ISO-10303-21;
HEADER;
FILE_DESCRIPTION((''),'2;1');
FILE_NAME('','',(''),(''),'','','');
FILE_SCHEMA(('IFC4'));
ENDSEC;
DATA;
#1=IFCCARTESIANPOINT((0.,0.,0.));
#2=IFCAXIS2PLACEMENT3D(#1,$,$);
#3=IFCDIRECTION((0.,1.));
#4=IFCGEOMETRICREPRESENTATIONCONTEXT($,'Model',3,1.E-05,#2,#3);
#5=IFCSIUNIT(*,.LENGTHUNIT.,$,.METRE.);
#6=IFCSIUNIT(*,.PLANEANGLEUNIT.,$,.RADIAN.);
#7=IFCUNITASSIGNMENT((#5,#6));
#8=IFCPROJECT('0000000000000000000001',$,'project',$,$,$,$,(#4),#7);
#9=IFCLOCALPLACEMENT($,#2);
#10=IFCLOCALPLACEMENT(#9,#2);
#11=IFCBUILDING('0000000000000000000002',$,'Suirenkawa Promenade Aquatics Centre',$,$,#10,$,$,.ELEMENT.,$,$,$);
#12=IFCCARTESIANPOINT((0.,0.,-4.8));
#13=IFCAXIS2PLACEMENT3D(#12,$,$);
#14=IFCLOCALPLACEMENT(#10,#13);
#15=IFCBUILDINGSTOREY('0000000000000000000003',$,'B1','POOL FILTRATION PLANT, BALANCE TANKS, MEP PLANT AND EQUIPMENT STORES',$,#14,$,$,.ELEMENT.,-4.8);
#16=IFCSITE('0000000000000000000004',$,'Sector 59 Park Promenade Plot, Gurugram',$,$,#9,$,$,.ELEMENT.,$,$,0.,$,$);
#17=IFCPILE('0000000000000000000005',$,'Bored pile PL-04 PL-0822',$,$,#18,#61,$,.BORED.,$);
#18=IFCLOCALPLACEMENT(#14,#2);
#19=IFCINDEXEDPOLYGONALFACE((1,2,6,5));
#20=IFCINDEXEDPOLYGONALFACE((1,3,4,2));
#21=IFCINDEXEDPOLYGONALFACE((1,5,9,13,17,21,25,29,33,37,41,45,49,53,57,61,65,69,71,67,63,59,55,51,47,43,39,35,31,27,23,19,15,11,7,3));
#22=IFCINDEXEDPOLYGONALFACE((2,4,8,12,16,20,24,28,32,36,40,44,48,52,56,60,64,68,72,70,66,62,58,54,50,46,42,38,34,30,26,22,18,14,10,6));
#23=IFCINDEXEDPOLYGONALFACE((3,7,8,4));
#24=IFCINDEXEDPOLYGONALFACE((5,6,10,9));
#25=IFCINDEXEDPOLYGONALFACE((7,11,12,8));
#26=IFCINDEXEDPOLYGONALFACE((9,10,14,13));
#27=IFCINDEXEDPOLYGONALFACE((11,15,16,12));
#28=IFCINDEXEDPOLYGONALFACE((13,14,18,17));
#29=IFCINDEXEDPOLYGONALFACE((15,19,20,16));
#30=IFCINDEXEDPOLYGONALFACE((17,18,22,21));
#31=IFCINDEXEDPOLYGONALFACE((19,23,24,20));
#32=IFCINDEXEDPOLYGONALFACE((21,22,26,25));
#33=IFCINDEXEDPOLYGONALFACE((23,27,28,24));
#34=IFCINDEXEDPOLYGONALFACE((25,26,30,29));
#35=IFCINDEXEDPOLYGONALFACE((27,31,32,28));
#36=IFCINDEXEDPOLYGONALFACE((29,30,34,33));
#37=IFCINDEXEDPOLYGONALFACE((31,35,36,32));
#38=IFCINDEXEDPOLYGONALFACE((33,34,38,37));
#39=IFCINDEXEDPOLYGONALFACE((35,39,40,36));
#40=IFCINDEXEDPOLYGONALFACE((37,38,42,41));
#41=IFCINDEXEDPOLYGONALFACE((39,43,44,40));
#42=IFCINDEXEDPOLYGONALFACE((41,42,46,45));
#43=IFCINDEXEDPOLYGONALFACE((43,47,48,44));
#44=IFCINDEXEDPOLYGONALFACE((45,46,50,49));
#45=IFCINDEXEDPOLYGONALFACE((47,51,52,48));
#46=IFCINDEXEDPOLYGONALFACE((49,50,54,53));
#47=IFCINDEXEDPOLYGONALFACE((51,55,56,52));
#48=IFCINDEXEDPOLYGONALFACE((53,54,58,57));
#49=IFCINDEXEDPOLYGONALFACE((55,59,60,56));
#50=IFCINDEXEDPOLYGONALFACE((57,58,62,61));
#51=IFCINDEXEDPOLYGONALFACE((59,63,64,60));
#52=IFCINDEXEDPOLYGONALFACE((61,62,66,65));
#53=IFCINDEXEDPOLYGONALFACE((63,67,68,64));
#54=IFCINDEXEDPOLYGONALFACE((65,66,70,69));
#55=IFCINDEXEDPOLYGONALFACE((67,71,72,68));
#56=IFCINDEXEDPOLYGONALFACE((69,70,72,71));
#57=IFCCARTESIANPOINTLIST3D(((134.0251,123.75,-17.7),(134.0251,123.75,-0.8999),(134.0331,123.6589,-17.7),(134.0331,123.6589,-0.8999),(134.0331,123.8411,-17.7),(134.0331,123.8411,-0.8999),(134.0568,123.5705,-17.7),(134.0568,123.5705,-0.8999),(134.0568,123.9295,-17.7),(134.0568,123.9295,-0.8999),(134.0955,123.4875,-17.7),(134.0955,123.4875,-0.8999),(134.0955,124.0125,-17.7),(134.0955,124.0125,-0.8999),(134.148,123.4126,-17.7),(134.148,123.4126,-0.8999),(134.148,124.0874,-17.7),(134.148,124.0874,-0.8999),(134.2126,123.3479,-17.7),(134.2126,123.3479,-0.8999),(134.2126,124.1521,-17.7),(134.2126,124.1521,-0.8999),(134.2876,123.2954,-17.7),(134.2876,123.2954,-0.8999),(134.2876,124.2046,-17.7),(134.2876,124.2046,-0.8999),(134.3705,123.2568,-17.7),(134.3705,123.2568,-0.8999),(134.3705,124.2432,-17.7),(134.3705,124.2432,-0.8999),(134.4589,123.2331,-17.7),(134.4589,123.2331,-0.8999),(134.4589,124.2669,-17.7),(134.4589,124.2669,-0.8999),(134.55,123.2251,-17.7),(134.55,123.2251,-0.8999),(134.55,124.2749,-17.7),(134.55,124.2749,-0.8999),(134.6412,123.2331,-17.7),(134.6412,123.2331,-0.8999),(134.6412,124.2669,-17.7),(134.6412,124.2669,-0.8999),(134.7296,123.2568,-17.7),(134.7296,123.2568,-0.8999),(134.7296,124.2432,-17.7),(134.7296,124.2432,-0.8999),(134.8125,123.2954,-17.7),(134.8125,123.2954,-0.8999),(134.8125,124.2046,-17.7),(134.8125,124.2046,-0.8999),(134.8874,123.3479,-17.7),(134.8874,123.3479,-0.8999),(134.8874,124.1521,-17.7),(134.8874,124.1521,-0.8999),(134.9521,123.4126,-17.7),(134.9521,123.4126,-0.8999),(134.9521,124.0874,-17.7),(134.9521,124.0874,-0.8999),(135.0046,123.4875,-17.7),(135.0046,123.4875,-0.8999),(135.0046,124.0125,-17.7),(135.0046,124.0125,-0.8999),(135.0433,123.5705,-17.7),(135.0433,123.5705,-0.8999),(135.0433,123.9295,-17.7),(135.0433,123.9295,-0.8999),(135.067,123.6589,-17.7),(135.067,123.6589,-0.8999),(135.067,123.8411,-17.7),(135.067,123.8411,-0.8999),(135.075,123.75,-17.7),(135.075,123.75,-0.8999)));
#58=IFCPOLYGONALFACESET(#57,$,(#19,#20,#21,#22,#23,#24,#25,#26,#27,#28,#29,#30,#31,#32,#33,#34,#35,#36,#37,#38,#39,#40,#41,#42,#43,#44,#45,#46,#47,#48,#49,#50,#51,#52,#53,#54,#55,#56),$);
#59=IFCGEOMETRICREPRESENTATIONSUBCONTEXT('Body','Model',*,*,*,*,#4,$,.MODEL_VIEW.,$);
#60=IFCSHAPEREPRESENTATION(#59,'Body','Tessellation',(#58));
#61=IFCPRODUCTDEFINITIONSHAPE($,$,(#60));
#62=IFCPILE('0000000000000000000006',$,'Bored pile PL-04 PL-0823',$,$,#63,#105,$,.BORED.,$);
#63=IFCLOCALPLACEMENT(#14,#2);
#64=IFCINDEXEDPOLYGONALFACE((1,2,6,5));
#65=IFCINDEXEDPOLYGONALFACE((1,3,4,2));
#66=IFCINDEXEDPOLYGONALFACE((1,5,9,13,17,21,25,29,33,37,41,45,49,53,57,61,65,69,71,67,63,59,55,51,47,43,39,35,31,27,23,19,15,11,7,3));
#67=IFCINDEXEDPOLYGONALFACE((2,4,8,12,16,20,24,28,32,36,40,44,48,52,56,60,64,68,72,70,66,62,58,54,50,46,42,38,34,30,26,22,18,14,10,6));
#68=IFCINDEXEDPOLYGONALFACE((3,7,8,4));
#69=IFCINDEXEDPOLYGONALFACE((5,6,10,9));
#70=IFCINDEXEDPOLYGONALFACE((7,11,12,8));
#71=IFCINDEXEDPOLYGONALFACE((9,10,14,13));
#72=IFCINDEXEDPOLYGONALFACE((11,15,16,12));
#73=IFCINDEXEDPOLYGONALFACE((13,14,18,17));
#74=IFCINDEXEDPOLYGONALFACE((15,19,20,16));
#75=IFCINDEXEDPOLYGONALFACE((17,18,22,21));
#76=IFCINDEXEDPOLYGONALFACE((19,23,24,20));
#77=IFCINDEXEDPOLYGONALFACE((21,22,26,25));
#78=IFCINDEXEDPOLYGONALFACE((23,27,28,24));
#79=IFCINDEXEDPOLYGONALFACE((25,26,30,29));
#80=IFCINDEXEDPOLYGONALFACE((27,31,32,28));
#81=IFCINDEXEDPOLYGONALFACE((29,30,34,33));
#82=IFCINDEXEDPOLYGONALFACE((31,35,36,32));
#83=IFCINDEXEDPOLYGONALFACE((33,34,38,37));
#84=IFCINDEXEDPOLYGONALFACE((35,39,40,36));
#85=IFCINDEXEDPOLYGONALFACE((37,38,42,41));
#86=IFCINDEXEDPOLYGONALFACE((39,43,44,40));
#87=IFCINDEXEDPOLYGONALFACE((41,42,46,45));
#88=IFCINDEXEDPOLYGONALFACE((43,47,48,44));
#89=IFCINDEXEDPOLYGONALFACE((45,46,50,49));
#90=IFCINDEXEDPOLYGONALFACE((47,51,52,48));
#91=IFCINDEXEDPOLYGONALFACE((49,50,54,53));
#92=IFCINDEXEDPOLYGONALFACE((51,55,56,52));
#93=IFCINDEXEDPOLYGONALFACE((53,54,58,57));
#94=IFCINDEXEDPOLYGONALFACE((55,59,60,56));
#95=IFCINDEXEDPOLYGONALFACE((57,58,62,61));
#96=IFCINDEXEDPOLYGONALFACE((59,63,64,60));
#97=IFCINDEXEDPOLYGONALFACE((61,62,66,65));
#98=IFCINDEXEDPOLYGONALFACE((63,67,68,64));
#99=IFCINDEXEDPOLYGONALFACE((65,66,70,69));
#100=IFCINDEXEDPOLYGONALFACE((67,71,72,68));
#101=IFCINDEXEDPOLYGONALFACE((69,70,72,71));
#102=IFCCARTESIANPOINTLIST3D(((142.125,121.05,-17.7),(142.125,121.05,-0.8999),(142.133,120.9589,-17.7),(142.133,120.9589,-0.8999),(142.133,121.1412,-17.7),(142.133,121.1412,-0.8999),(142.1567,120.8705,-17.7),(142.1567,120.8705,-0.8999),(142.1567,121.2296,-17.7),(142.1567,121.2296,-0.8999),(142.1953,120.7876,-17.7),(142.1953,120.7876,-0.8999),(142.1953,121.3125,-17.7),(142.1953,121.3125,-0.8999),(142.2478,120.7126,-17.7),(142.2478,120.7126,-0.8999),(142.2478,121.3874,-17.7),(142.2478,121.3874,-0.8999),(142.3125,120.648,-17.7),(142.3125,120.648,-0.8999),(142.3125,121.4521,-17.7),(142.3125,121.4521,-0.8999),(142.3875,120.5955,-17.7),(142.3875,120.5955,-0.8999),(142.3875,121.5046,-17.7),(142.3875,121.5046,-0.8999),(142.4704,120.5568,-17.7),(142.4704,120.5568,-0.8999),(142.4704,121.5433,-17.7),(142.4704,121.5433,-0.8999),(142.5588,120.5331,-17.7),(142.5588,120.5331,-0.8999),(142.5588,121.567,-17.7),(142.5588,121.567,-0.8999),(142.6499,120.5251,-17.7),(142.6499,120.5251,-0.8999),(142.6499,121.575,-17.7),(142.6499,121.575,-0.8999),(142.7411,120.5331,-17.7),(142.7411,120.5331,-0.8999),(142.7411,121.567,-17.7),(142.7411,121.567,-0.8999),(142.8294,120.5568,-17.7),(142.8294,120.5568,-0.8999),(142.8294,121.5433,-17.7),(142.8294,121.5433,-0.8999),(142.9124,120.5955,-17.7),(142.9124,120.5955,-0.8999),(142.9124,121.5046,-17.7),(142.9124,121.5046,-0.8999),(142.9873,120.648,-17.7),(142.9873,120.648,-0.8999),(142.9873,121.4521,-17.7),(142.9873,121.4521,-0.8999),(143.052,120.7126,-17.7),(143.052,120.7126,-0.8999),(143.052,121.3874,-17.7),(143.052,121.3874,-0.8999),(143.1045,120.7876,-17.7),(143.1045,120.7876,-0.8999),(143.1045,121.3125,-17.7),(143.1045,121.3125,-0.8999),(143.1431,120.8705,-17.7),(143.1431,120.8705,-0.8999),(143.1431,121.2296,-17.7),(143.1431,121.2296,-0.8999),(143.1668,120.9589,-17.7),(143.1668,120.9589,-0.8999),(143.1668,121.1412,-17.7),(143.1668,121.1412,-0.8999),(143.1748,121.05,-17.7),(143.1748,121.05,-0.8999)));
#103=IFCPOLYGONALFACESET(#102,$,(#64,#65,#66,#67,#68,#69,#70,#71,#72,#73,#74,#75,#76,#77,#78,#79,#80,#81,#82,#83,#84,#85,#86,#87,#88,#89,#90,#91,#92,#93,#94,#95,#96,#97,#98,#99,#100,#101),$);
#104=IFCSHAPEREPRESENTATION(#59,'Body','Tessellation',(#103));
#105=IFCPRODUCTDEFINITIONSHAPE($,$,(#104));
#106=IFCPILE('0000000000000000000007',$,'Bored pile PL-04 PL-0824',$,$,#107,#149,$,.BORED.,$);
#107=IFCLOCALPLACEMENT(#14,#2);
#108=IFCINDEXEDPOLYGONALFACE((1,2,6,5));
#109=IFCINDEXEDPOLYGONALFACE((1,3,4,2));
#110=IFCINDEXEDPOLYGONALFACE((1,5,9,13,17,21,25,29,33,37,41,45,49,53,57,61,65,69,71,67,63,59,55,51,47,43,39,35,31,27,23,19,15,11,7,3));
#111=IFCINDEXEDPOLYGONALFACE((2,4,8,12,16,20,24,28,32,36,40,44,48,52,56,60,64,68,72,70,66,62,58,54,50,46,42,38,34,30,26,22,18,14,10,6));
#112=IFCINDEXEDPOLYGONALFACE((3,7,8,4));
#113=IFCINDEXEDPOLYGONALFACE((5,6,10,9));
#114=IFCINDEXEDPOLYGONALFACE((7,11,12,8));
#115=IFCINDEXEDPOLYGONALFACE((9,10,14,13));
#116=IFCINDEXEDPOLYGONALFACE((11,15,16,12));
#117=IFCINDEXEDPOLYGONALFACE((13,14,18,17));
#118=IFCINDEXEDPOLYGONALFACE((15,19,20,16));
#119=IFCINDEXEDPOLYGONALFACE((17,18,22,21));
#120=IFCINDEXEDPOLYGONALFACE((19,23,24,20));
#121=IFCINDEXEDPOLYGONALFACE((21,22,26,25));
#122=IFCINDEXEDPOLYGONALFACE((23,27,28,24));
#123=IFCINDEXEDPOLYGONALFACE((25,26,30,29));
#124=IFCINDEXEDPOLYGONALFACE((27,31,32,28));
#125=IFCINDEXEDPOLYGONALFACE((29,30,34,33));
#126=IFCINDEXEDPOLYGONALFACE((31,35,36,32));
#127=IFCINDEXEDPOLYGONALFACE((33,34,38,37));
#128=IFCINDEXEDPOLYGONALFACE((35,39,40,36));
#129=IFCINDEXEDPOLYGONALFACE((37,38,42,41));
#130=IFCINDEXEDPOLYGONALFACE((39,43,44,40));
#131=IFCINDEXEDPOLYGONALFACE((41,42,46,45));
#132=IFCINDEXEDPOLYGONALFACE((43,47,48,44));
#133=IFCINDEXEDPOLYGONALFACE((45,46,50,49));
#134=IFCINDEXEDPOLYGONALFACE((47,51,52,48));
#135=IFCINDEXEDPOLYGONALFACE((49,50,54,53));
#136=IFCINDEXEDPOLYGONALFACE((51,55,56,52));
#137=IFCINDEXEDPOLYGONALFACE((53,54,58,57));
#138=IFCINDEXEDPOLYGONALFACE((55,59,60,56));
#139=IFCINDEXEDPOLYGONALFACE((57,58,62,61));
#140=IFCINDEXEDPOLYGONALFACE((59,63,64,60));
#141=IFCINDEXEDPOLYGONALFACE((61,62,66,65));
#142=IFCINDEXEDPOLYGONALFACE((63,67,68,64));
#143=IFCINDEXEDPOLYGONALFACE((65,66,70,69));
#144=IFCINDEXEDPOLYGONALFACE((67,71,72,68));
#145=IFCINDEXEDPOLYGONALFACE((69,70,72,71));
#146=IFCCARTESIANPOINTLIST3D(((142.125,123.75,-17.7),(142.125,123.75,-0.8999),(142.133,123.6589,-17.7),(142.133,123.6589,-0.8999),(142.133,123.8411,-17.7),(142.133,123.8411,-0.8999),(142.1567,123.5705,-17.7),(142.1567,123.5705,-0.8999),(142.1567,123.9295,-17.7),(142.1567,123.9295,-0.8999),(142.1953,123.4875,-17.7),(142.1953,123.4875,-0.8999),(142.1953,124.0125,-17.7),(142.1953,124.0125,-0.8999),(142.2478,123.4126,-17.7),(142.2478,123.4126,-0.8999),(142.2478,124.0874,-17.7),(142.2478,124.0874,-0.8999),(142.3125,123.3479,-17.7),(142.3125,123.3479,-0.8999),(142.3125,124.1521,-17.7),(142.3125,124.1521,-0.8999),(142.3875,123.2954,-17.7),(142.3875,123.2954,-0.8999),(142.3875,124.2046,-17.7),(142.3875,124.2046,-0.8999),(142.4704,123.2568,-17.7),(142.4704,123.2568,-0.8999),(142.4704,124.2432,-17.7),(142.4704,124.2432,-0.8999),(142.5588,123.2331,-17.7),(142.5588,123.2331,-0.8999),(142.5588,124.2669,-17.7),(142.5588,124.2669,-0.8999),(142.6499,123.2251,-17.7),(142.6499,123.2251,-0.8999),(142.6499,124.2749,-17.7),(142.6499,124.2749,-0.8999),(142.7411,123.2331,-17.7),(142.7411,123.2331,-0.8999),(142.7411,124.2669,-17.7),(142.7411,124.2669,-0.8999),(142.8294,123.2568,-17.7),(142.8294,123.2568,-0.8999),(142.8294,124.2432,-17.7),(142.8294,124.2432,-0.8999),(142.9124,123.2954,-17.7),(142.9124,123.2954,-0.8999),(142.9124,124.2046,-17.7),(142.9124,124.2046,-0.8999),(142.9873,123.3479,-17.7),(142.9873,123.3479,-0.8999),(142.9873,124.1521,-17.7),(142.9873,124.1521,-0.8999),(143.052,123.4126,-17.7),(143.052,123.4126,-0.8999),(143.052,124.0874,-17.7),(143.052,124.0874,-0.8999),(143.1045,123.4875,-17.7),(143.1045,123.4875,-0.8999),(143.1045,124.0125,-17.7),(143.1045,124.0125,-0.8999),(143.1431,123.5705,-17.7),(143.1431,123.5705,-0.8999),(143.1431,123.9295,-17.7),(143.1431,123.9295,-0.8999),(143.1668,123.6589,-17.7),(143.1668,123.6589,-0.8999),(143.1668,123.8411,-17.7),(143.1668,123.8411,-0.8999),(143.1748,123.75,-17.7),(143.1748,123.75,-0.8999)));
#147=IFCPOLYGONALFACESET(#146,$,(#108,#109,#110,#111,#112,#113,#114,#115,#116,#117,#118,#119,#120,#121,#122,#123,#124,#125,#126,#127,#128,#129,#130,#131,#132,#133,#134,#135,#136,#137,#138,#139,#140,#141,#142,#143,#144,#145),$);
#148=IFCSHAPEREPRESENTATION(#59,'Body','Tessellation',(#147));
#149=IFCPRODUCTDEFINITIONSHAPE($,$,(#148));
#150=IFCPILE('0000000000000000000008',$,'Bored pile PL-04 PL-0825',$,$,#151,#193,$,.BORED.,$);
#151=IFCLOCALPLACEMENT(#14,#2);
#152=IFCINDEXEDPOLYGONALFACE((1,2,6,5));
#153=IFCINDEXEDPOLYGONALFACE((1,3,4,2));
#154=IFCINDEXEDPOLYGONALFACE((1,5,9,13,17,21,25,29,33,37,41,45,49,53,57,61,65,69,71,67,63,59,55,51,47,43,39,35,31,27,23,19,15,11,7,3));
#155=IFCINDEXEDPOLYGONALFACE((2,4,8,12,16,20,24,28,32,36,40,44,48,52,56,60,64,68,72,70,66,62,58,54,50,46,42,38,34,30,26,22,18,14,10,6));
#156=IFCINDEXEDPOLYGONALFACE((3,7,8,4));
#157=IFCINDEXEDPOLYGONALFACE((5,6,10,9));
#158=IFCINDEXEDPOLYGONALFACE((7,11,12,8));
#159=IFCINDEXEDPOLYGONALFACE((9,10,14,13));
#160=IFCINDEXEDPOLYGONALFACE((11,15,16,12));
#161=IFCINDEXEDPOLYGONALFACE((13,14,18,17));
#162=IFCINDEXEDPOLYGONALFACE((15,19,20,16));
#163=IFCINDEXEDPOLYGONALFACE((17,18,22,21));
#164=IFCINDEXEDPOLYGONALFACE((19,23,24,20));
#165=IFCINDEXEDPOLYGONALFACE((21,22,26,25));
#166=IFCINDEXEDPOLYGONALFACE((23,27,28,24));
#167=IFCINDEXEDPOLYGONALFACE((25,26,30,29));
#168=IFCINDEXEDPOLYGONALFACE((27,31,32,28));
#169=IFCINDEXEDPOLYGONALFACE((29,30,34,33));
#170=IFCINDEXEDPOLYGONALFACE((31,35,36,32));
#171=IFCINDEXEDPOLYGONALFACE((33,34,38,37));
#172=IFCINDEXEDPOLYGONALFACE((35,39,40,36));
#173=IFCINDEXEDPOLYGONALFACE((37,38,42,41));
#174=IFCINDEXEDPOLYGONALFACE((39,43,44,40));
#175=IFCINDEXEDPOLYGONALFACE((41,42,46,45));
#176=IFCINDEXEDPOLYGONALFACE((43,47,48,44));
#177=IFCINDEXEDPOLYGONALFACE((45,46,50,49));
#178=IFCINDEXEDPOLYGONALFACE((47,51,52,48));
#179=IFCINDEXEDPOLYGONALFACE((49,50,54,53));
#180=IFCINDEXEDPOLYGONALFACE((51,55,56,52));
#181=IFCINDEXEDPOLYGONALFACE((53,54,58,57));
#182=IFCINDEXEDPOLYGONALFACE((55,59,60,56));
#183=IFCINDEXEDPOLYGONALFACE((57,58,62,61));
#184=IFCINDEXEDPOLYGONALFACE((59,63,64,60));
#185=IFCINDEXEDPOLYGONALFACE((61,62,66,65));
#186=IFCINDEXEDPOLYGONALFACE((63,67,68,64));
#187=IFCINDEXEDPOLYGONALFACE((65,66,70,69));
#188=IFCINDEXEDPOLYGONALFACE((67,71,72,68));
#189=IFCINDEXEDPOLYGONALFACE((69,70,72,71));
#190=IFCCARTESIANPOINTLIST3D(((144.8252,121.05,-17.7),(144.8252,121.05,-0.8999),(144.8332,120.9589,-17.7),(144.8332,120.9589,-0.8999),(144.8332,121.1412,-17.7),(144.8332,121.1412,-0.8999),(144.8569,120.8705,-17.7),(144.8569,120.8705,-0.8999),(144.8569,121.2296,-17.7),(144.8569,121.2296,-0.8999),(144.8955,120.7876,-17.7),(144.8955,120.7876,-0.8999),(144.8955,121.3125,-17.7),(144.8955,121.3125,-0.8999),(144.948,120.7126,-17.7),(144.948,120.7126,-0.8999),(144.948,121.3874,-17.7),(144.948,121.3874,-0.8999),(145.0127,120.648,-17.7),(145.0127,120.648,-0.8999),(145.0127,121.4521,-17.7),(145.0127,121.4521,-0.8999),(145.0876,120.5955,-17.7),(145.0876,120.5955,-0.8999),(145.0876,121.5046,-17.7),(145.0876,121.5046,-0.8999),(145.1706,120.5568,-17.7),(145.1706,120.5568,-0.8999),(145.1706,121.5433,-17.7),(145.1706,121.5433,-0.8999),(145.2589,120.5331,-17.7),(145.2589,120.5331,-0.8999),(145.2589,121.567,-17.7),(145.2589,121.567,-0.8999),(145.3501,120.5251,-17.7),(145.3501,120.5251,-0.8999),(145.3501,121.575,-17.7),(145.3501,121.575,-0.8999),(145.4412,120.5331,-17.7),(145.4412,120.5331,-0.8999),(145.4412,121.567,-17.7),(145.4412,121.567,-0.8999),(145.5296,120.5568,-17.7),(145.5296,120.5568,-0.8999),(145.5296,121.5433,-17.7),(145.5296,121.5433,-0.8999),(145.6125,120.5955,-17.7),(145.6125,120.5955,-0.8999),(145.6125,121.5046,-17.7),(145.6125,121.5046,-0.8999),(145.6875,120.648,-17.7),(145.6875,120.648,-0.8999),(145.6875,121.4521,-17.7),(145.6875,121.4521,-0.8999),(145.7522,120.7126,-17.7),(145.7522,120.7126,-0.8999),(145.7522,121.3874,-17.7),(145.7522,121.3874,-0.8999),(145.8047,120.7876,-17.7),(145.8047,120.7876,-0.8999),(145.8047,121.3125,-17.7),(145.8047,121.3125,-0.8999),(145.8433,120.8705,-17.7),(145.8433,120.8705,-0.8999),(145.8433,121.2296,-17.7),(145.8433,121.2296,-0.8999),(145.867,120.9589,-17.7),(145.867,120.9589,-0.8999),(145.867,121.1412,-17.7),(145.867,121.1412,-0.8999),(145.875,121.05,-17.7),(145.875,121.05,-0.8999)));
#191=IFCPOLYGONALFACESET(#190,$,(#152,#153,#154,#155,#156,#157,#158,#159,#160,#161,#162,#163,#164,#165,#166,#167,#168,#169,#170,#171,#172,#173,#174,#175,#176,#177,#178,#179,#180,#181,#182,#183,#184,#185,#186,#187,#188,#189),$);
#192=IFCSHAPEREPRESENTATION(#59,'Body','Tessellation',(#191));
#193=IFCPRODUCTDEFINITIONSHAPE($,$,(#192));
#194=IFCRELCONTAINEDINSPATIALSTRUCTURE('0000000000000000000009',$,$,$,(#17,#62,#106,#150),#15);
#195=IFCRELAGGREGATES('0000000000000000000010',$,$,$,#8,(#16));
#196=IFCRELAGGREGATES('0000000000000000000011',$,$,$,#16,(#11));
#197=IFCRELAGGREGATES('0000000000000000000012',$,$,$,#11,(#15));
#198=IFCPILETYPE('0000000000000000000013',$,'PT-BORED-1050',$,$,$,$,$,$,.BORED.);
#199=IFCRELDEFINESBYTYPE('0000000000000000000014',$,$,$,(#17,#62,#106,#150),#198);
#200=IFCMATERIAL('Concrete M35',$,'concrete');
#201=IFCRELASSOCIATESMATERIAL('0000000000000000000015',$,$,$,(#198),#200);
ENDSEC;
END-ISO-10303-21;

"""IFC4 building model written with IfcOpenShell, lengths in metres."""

from ifc_helpers import new_model, si_unit, direction, frame, origin, origin_2d, place, context, subcontext, project, spatial, circle, extrude, material, material_profile, profile_set, type_object, element, save


model = new_model("IFC4")

# Units and contexts
model_context = context("Model", 3, precision=1e-05, world=origin(), true_north=direction((0.0, 1.0)))
body_context = subcontext(model_context, "Body", "Model", "MODEL_VIEW")
ifc_project = project(units=[si_unit("LENGTHUNIT", "METRE"), si_unit("PLANEANGLEUNIT", "RADIAN")], contexts=[model_context])

# Site, building, storey
site_placement = place(None, origin())
site = spatial("IfcSite", under=ifc_project, at=site_placement, Name="Sector 59 Park Promenade Plot, Gurugram", CompositionType="ELEMENT", RefElevation=0.0)
building_placement = place(site_placement, origin())
building = spatial("IfcBuilding", under=site, at=building_placement, Name="Suirenkawa Promenade Aquatics Centre", CompositionType="ELEMENT")
storey_placement = place(building_placement, frame((0.0, 0.0, -4.8)))
storey = spatial("IfcBuildingStorey", under=building, at=storey_placement, Name="B1", Description="POOL FILTRATION PLANT, BALANCE TANKS, MEP PLANT AND EQUIPMENT STORES", CompositionType="ELEMENT", Elevation=-4.8)

# Shared definitions
ifc_material_1 = material(Name="Concrete M35", Category="concrete")

# Piles
ifc_material_profile_1 = material_profile(ifc_material_1, circle(Radius=0.5249, at=origin_2d()), Name="PILE D1050", Category="concrete")
ifc_profile_set_1 = profile_set([ifc_material_profile_1], Name="Concrete M35")
pile_type_1 = type_object("IfcPileType", Name="PT-BORED-1050", PredefinedType="BORED", material=ifc_profile_set_1)
for number, where, z_axis, x_axis, name in (
    (1, (134.55, 123.75, -0.8999), (0.0, 0.0, -1.0), (1.0, 0.0, 0.0), "Bored pile PL-04 PL-0822"),
    (2, (142.6499, 121.05, -0.8999), (0.0, 0.0, -1.0), (1.0, 0.0, 0.0), "Bored pile PL-04 PL-0823"),
    (3, (142.6499, 123.75, -0.8999), (0.0, 0.0, -1.0), (1.0, 0.0, 0.0), "Bored pile PL-04 PL-0824"),
    (4, (145.3501, 121.05, -0.8999), (0.0, 0.0, -1.0), (1.0, 0.0, 0.0), "Bored pile PL-04 PL-0825"),
):
    element("IfcPile", number, at=place(storey_placement, frame(where, z_axis=z_axis, x_axis=x_axis)), inside=storey, type_object=pile_type_1, Name=name, PredefinedType="BORED", context=body_context, shape_type="SweptSolid", body=[
        extrude(circle(Radius=0.5249, at=origin_2d()), origin(), (0.0, 0.0, 1.0), 16.8),
    ])

save(model, "model.ifc")
